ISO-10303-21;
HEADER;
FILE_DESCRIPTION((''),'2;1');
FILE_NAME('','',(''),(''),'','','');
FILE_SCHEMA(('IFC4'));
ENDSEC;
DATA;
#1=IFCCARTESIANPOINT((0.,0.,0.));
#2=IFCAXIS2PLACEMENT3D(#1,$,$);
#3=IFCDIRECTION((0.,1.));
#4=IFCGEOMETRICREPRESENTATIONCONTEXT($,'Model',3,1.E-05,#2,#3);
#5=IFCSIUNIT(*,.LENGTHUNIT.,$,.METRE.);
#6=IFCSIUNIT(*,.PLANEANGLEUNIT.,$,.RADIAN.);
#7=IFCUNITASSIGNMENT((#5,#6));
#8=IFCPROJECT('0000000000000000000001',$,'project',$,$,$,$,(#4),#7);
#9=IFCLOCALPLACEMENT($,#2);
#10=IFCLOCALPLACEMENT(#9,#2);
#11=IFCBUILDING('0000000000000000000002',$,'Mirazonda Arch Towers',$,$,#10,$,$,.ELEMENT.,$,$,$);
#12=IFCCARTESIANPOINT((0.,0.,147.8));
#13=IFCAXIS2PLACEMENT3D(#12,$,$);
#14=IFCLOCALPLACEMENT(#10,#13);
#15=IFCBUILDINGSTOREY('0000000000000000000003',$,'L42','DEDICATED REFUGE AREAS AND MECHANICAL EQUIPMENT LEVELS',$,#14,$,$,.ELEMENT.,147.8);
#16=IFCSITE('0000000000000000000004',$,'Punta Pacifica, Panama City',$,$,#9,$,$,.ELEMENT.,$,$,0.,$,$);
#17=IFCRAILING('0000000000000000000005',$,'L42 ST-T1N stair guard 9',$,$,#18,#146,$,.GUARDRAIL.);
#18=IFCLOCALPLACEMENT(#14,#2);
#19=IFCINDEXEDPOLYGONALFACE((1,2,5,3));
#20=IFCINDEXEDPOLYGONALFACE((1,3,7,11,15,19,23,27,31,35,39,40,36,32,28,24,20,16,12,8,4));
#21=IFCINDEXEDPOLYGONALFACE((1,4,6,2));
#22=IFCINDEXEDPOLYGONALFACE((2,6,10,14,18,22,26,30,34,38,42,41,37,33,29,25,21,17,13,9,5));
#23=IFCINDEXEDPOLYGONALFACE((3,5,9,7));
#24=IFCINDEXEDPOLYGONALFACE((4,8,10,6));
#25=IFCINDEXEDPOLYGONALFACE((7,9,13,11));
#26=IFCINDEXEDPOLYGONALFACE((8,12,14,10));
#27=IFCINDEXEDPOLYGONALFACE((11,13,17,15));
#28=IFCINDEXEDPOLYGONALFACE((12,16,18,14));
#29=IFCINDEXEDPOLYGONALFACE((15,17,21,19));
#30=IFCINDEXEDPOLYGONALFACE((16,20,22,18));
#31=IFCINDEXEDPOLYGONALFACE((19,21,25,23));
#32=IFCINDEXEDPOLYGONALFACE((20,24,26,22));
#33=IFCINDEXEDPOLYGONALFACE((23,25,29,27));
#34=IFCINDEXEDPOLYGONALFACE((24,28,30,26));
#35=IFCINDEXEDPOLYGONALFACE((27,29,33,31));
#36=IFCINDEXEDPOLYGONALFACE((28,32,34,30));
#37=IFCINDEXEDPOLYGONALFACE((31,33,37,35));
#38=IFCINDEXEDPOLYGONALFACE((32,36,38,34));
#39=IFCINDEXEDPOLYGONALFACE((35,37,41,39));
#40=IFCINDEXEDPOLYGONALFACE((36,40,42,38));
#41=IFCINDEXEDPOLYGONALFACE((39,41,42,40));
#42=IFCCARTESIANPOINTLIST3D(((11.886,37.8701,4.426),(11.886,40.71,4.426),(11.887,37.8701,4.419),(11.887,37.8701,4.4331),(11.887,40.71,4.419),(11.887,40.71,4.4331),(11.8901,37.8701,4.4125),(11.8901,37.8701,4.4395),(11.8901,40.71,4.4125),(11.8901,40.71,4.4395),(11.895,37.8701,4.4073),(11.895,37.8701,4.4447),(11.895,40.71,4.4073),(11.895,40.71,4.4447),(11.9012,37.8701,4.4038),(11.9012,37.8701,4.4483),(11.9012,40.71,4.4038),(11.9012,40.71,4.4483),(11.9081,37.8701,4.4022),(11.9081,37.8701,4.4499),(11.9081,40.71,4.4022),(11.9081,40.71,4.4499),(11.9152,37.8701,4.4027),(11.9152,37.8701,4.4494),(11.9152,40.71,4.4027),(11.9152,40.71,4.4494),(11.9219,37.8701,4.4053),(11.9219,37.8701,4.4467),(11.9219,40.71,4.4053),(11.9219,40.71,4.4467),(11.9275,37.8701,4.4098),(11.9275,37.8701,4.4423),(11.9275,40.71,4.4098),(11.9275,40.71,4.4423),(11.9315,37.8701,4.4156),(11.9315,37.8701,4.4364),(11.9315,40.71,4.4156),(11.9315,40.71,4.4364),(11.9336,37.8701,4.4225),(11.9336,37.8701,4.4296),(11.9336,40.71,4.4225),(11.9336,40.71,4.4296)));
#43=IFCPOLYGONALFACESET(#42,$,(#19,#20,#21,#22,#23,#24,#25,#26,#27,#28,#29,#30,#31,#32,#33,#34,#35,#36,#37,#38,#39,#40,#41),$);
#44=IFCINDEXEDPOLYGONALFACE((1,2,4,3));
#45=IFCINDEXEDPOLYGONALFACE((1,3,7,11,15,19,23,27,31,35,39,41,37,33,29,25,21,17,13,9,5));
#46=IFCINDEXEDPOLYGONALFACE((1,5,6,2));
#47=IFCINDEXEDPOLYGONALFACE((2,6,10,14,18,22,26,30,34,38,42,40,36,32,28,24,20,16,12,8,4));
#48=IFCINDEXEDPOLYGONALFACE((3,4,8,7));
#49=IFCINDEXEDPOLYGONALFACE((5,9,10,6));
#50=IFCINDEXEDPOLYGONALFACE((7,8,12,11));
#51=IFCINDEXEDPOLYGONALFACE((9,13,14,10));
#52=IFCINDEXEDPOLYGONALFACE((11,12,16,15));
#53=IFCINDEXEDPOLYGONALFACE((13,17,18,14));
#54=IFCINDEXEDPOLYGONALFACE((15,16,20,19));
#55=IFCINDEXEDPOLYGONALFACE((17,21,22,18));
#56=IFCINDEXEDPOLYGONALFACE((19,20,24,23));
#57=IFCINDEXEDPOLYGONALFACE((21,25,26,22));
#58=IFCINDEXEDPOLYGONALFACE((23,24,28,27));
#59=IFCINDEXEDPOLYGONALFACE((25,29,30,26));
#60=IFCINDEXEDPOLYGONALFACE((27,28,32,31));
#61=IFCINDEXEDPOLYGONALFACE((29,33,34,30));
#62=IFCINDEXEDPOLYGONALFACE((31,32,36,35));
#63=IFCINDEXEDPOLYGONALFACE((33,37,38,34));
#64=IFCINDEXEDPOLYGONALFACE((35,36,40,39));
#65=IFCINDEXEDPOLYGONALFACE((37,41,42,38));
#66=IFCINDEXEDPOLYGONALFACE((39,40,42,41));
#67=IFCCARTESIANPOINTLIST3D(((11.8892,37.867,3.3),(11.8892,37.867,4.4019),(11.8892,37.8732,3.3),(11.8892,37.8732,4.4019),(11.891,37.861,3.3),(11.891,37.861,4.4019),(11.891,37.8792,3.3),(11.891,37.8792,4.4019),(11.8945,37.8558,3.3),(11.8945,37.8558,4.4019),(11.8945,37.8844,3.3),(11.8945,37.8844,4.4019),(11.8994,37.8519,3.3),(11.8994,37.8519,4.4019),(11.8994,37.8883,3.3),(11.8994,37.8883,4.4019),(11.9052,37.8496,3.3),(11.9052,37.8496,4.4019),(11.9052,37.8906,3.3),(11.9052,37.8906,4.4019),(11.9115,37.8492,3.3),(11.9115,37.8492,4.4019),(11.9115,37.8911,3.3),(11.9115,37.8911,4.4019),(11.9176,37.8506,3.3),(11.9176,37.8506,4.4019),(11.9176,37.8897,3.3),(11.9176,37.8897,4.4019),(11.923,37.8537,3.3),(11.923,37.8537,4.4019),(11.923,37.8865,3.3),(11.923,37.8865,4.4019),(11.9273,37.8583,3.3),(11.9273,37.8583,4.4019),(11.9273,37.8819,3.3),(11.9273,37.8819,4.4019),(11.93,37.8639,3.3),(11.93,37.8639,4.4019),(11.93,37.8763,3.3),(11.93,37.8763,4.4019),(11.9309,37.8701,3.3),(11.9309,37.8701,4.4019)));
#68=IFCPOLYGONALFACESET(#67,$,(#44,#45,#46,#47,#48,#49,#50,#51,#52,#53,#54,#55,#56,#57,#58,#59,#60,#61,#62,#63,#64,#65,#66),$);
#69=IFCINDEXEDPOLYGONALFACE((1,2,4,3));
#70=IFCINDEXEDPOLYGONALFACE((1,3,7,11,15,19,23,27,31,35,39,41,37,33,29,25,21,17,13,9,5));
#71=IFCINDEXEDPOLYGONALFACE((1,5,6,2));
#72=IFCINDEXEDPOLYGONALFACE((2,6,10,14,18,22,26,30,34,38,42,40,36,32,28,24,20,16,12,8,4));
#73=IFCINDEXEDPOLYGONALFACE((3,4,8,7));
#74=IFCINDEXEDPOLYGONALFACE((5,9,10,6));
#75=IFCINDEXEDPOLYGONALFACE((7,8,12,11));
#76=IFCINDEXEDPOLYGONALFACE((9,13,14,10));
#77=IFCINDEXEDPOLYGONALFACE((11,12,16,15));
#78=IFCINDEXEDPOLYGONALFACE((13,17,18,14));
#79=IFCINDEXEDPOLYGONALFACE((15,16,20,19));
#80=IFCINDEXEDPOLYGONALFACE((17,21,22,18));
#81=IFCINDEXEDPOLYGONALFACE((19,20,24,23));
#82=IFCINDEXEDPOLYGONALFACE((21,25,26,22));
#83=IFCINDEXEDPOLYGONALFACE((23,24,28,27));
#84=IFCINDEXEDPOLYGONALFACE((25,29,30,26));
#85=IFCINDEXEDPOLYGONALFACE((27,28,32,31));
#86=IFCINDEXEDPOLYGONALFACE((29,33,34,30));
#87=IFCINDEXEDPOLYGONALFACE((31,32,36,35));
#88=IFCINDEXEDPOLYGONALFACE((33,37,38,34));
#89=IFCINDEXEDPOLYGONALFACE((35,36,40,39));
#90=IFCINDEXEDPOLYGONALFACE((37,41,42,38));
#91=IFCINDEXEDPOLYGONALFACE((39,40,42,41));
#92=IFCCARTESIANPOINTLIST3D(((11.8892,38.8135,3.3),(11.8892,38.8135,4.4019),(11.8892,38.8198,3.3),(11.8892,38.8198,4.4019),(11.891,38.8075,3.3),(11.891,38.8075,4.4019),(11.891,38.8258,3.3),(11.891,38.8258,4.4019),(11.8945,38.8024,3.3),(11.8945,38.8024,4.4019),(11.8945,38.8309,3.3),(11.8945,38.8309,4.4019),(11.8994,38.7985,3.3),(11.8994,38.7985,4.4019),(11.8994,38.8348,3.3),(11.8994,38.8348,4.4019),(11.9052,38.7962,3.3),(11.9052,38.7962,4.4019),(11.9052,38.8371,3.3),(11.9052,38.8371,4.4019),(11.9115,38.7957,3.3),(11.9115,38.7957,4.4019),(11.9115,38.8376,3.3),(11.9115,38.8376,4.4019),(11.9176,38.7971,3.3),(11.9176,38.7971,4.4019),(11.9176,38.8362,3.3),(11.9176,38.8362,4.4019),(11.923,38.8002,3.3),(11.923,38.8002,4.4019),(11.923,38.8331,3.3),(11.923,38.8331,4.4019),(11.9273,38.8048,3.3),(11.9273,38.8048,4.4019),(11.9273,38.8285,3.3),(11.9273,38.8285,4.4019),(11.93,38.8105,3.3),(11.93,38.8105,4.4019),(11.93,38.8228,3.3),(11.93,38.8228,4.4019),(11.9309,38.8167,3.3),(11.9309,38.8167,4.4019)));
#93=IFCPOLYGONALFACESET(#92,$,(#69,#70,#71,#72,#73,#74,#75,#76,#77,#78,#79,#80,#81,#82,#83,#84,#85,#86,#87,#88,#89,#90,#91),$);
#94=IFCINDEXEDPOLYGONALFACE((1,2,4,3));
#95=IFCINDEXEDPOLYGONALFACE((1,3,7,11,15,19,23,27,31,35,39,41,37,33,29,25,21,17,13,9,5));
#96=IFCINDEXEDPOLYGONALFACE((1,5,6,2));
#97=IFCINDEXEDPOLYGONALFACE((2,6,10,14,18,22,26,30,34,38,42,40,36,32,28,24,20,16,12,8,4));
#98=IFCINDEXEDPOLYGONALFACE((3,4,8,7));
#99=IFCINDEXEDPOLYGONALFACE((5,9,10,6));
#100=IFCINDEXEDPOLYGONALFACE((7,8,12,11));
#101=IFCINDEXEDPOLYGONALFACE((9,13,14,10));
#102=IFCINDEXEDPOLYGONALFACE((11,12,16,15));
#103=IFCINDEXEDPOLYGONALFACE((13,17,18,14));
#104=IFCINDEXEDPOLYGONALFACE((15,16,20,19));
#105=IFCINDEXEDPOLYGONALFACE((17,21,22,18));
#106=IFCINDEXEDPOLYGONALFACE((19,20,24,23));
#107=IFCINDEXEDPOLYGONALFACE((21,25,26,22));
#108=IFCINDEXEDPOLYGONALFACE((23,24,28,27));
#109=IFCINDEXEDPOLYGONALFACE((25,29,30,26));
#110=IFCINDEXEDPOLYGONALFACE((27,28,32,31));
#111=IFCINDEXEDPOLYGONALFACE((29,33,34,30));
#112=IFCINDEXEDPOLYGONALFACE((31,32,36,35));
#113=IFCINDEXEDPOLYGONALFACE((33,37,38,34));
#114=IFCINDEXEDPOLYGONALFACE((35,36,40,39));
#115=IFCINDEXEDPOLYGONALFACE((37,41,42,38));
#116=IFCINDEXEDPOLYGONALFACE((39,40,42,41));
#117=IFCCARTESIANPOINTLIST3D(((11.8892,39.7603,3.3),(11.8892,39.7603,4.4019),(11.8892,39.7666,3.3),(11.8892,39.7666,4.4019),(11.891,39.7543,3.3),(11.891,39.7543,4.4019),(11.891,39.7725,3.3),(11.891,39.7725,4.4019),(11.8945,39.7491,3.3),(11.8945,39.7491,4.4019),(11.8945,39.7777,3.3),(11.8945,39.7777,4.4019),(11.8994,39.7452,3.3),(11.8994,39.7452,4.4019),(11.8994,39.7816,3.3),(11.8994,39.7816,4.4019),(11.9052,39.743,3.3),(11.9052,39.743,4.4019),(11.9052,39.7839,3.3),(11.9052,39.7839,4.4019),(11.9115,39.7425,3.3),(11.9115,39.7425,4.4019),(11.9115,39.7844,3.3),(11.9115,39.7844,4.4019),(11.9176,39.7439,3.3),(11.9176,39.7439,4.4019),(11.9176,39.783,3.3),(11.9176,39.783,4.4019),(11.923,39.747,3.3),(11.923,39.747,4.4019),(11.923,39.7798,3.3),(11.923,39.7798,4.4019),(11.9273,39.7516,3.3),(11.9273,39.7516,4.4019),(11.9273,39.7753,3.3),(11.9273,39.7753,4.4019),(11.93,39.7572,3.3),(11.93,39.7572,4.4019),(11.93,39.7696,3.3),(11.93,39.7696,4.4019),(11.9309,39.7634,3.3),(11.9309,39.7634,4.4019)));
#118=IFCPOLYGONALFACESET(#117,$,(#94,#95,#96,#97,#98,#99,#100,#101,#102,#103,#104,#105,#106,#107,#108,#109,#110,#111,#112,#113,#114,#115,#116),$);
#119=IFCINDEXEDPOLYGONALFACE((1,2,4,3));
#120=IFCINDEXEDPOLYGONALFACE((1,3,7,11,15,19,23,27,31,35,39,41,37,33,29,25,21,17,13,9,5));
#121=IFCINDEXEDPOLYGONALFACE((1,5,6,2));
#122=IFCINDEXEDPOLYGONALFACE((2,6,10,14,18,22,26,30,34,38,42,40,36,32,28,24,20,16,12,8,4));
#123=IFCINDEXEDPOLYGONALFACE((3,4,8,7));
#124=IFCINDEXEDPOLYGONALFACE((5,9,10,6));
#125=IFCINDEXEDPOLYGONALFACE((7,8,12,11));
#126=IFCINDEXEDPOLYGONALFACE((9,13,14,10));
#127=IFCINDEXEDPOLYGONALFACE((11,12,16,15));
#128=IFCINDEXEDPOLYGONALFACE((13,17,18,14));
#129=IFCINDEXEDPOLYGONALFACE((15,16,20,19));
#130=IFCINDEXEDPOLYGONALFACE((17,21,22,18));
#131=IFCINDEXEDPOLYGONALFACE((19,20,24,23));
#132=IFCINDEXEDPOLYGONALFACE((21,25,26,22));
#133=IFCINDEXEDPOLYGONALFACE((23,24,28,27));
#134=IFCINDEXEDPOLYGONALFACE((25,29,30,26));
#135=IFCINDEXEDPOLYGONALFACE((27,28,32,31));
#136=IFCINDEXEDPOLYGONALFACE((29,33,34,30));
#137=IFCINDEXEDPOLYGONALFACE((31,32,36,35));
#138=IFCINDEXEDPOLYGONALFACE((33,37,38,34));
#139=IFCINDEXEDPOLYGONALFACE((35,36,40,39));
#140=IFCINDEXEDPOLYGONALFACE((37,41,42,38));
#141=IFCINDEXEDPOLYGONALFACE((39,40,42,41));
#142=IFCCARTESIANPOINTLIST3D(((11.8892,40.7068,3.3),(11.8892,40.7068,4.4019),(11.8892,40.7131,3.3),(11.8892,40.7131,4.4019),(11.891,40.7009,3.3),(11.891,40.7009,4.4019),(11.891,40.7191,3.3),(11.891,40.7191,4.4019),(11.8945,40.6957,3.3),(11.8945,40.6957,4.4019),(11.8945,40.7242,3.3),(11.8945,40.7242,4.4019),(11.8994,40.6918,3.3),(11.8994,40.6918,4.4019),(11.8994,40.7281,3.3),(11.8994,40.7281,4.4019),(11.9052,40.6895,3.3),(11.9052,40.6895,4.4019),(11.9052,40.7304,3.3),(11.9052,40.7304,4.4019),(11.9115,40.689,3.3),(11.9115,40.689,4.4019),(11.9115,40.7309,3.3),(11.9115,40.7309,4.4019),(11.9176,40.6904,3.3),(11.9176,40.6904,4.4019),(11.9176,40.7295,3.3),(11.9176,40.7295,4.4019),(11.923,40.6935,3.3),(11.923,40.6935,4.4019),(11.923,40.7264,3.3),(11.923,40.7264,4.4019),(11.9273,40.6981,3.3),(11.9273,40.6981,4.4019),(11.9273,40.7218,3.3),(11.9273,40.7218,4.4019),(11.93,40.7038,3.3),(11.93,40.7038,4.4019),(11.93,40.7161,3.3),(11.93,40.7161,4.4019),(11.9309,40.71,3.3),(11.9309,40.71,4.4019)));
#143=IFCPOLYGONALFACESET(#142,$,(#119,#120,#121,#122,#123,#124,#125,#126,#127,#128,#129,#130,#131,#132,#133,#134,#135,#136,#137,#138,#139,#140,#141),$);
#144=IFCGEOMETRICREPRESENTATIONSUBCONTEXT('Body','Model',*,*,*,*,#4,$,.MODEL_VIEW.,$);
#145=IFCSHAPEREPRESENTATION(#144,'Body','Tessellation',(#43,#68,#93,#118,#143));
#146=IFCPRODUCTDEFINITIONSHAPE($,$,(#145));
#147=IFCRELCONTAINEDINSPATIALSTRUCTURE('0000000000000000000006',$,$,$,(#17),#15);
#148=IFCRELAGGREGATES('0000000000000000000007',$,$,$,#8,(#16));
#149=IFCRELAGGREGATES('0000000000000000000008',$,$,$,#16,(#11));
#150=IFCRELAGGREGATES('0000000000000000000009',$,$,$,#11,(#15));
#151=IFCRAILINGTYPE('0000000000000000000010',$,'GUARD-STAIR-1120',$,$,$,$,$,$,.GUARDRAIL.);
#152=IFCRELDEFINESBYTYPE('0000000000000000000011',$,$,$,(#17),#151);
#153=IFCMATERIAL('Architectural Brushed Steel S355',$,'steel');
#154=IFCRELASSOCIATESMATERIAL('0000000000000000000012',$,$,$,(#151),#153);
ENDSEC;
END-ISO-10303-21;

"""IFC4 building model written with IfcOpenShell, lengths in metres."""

from ifc_helpers import new_model, si_unit, direction, frame, origin, origin_2d, place, context, subcontext, project, spatial, circle, extrude, material, type_object, element, save


model = new_model("IFC4")

# Units and contexts
model_context = context("Model", 3, precision=1e-05, world=origin(), true_north=direction((0.0, 1.0)))
body_context = subcontext(model_context, "Body", "Model", "MODEL_VIEW")
ifc_project = project(units=[si_unit("LENGTHUNIT", "METRE"), si_unit("PLANEANGLEUNIT", "RADIAN")], contexts=[model_context])

# Site, building, storey
site_placement = place(None, origin())
site = spatial("IfcSite", under=ifc_project, at=site_placement, Name="Punta Pacifica, Panama City", CompositionType="ELEMENT", RefElevation=0.0)
building_placement = place(site_placement, origin())
building = spatial("IfcBuilding", under=site, at=building_placement, Name="Mirazonda Arch Towers", CompositionType="ELEMENT")
storey_placement = place(building_placement, frame((0.0, 0.0, 147.8)))
storey = spatial("IfcBuildingStorey", under=building, at=storey_placement, Name="L42", Description="DEDICATED REFUGE AREAS AND MECHANICAL EQUIPMENT LEVELS", CompositionType="ELEMENT", Elevation=147.8)

# Shared definitions
ifc_material_1 = material(Name="Architectural Brushed Steel S355", Category="steel")

# Railing
railing_type_1 = type_object("IfcRailingType", Name="GUARD-STAIR-1120", PredefinedType="GUARDRAIL", material=ifc_material_1)
railing_placement = place(storey_placement, frame((11.9099, 37.8701, 3.3)))
element("IfcRailing", 1, at=railing_placement, inside=storey, type_object=railing_type_1, Name="L42 ST-T1N stair guard 9", PredefinedType="GUARDRAIL", context=body_context, shape_type="SweptSolid", body=[
    extrude(circle(Radius=0.0239, at=origin_2d()), frame((0.0, 0.0, 1.126), z_axis=(0.0, 1.0, 0.0), x_axis=(-1.0, 0.0, 0.0)), (0.0, 0.0, 1.0), 2.8398),
    extrude(circle(Radius=0.021, at=origin_2d()), origin(), (0.0, 0.0, 1.0), 1.1018),
    extrude(circle(Radius=0.021, at=origin_2d()), frame((0.0, 0.9465, 0.0)), (0.0, 0.0, 1.0), 1.1018),
    extrude(circle(Radius=0.021, at=origin_2d()), frame((0.0, 1.8933, 0.0)), (0.0, 0.0, 1.0), 1.1018),
    extrude(circle(Radius=0.021, at=origin_2d()), frame((0.0, 2.8398, 0.0)), (0.0, 0.0, 1.0), 1.1018),
])

save(model, "model.ifc")
